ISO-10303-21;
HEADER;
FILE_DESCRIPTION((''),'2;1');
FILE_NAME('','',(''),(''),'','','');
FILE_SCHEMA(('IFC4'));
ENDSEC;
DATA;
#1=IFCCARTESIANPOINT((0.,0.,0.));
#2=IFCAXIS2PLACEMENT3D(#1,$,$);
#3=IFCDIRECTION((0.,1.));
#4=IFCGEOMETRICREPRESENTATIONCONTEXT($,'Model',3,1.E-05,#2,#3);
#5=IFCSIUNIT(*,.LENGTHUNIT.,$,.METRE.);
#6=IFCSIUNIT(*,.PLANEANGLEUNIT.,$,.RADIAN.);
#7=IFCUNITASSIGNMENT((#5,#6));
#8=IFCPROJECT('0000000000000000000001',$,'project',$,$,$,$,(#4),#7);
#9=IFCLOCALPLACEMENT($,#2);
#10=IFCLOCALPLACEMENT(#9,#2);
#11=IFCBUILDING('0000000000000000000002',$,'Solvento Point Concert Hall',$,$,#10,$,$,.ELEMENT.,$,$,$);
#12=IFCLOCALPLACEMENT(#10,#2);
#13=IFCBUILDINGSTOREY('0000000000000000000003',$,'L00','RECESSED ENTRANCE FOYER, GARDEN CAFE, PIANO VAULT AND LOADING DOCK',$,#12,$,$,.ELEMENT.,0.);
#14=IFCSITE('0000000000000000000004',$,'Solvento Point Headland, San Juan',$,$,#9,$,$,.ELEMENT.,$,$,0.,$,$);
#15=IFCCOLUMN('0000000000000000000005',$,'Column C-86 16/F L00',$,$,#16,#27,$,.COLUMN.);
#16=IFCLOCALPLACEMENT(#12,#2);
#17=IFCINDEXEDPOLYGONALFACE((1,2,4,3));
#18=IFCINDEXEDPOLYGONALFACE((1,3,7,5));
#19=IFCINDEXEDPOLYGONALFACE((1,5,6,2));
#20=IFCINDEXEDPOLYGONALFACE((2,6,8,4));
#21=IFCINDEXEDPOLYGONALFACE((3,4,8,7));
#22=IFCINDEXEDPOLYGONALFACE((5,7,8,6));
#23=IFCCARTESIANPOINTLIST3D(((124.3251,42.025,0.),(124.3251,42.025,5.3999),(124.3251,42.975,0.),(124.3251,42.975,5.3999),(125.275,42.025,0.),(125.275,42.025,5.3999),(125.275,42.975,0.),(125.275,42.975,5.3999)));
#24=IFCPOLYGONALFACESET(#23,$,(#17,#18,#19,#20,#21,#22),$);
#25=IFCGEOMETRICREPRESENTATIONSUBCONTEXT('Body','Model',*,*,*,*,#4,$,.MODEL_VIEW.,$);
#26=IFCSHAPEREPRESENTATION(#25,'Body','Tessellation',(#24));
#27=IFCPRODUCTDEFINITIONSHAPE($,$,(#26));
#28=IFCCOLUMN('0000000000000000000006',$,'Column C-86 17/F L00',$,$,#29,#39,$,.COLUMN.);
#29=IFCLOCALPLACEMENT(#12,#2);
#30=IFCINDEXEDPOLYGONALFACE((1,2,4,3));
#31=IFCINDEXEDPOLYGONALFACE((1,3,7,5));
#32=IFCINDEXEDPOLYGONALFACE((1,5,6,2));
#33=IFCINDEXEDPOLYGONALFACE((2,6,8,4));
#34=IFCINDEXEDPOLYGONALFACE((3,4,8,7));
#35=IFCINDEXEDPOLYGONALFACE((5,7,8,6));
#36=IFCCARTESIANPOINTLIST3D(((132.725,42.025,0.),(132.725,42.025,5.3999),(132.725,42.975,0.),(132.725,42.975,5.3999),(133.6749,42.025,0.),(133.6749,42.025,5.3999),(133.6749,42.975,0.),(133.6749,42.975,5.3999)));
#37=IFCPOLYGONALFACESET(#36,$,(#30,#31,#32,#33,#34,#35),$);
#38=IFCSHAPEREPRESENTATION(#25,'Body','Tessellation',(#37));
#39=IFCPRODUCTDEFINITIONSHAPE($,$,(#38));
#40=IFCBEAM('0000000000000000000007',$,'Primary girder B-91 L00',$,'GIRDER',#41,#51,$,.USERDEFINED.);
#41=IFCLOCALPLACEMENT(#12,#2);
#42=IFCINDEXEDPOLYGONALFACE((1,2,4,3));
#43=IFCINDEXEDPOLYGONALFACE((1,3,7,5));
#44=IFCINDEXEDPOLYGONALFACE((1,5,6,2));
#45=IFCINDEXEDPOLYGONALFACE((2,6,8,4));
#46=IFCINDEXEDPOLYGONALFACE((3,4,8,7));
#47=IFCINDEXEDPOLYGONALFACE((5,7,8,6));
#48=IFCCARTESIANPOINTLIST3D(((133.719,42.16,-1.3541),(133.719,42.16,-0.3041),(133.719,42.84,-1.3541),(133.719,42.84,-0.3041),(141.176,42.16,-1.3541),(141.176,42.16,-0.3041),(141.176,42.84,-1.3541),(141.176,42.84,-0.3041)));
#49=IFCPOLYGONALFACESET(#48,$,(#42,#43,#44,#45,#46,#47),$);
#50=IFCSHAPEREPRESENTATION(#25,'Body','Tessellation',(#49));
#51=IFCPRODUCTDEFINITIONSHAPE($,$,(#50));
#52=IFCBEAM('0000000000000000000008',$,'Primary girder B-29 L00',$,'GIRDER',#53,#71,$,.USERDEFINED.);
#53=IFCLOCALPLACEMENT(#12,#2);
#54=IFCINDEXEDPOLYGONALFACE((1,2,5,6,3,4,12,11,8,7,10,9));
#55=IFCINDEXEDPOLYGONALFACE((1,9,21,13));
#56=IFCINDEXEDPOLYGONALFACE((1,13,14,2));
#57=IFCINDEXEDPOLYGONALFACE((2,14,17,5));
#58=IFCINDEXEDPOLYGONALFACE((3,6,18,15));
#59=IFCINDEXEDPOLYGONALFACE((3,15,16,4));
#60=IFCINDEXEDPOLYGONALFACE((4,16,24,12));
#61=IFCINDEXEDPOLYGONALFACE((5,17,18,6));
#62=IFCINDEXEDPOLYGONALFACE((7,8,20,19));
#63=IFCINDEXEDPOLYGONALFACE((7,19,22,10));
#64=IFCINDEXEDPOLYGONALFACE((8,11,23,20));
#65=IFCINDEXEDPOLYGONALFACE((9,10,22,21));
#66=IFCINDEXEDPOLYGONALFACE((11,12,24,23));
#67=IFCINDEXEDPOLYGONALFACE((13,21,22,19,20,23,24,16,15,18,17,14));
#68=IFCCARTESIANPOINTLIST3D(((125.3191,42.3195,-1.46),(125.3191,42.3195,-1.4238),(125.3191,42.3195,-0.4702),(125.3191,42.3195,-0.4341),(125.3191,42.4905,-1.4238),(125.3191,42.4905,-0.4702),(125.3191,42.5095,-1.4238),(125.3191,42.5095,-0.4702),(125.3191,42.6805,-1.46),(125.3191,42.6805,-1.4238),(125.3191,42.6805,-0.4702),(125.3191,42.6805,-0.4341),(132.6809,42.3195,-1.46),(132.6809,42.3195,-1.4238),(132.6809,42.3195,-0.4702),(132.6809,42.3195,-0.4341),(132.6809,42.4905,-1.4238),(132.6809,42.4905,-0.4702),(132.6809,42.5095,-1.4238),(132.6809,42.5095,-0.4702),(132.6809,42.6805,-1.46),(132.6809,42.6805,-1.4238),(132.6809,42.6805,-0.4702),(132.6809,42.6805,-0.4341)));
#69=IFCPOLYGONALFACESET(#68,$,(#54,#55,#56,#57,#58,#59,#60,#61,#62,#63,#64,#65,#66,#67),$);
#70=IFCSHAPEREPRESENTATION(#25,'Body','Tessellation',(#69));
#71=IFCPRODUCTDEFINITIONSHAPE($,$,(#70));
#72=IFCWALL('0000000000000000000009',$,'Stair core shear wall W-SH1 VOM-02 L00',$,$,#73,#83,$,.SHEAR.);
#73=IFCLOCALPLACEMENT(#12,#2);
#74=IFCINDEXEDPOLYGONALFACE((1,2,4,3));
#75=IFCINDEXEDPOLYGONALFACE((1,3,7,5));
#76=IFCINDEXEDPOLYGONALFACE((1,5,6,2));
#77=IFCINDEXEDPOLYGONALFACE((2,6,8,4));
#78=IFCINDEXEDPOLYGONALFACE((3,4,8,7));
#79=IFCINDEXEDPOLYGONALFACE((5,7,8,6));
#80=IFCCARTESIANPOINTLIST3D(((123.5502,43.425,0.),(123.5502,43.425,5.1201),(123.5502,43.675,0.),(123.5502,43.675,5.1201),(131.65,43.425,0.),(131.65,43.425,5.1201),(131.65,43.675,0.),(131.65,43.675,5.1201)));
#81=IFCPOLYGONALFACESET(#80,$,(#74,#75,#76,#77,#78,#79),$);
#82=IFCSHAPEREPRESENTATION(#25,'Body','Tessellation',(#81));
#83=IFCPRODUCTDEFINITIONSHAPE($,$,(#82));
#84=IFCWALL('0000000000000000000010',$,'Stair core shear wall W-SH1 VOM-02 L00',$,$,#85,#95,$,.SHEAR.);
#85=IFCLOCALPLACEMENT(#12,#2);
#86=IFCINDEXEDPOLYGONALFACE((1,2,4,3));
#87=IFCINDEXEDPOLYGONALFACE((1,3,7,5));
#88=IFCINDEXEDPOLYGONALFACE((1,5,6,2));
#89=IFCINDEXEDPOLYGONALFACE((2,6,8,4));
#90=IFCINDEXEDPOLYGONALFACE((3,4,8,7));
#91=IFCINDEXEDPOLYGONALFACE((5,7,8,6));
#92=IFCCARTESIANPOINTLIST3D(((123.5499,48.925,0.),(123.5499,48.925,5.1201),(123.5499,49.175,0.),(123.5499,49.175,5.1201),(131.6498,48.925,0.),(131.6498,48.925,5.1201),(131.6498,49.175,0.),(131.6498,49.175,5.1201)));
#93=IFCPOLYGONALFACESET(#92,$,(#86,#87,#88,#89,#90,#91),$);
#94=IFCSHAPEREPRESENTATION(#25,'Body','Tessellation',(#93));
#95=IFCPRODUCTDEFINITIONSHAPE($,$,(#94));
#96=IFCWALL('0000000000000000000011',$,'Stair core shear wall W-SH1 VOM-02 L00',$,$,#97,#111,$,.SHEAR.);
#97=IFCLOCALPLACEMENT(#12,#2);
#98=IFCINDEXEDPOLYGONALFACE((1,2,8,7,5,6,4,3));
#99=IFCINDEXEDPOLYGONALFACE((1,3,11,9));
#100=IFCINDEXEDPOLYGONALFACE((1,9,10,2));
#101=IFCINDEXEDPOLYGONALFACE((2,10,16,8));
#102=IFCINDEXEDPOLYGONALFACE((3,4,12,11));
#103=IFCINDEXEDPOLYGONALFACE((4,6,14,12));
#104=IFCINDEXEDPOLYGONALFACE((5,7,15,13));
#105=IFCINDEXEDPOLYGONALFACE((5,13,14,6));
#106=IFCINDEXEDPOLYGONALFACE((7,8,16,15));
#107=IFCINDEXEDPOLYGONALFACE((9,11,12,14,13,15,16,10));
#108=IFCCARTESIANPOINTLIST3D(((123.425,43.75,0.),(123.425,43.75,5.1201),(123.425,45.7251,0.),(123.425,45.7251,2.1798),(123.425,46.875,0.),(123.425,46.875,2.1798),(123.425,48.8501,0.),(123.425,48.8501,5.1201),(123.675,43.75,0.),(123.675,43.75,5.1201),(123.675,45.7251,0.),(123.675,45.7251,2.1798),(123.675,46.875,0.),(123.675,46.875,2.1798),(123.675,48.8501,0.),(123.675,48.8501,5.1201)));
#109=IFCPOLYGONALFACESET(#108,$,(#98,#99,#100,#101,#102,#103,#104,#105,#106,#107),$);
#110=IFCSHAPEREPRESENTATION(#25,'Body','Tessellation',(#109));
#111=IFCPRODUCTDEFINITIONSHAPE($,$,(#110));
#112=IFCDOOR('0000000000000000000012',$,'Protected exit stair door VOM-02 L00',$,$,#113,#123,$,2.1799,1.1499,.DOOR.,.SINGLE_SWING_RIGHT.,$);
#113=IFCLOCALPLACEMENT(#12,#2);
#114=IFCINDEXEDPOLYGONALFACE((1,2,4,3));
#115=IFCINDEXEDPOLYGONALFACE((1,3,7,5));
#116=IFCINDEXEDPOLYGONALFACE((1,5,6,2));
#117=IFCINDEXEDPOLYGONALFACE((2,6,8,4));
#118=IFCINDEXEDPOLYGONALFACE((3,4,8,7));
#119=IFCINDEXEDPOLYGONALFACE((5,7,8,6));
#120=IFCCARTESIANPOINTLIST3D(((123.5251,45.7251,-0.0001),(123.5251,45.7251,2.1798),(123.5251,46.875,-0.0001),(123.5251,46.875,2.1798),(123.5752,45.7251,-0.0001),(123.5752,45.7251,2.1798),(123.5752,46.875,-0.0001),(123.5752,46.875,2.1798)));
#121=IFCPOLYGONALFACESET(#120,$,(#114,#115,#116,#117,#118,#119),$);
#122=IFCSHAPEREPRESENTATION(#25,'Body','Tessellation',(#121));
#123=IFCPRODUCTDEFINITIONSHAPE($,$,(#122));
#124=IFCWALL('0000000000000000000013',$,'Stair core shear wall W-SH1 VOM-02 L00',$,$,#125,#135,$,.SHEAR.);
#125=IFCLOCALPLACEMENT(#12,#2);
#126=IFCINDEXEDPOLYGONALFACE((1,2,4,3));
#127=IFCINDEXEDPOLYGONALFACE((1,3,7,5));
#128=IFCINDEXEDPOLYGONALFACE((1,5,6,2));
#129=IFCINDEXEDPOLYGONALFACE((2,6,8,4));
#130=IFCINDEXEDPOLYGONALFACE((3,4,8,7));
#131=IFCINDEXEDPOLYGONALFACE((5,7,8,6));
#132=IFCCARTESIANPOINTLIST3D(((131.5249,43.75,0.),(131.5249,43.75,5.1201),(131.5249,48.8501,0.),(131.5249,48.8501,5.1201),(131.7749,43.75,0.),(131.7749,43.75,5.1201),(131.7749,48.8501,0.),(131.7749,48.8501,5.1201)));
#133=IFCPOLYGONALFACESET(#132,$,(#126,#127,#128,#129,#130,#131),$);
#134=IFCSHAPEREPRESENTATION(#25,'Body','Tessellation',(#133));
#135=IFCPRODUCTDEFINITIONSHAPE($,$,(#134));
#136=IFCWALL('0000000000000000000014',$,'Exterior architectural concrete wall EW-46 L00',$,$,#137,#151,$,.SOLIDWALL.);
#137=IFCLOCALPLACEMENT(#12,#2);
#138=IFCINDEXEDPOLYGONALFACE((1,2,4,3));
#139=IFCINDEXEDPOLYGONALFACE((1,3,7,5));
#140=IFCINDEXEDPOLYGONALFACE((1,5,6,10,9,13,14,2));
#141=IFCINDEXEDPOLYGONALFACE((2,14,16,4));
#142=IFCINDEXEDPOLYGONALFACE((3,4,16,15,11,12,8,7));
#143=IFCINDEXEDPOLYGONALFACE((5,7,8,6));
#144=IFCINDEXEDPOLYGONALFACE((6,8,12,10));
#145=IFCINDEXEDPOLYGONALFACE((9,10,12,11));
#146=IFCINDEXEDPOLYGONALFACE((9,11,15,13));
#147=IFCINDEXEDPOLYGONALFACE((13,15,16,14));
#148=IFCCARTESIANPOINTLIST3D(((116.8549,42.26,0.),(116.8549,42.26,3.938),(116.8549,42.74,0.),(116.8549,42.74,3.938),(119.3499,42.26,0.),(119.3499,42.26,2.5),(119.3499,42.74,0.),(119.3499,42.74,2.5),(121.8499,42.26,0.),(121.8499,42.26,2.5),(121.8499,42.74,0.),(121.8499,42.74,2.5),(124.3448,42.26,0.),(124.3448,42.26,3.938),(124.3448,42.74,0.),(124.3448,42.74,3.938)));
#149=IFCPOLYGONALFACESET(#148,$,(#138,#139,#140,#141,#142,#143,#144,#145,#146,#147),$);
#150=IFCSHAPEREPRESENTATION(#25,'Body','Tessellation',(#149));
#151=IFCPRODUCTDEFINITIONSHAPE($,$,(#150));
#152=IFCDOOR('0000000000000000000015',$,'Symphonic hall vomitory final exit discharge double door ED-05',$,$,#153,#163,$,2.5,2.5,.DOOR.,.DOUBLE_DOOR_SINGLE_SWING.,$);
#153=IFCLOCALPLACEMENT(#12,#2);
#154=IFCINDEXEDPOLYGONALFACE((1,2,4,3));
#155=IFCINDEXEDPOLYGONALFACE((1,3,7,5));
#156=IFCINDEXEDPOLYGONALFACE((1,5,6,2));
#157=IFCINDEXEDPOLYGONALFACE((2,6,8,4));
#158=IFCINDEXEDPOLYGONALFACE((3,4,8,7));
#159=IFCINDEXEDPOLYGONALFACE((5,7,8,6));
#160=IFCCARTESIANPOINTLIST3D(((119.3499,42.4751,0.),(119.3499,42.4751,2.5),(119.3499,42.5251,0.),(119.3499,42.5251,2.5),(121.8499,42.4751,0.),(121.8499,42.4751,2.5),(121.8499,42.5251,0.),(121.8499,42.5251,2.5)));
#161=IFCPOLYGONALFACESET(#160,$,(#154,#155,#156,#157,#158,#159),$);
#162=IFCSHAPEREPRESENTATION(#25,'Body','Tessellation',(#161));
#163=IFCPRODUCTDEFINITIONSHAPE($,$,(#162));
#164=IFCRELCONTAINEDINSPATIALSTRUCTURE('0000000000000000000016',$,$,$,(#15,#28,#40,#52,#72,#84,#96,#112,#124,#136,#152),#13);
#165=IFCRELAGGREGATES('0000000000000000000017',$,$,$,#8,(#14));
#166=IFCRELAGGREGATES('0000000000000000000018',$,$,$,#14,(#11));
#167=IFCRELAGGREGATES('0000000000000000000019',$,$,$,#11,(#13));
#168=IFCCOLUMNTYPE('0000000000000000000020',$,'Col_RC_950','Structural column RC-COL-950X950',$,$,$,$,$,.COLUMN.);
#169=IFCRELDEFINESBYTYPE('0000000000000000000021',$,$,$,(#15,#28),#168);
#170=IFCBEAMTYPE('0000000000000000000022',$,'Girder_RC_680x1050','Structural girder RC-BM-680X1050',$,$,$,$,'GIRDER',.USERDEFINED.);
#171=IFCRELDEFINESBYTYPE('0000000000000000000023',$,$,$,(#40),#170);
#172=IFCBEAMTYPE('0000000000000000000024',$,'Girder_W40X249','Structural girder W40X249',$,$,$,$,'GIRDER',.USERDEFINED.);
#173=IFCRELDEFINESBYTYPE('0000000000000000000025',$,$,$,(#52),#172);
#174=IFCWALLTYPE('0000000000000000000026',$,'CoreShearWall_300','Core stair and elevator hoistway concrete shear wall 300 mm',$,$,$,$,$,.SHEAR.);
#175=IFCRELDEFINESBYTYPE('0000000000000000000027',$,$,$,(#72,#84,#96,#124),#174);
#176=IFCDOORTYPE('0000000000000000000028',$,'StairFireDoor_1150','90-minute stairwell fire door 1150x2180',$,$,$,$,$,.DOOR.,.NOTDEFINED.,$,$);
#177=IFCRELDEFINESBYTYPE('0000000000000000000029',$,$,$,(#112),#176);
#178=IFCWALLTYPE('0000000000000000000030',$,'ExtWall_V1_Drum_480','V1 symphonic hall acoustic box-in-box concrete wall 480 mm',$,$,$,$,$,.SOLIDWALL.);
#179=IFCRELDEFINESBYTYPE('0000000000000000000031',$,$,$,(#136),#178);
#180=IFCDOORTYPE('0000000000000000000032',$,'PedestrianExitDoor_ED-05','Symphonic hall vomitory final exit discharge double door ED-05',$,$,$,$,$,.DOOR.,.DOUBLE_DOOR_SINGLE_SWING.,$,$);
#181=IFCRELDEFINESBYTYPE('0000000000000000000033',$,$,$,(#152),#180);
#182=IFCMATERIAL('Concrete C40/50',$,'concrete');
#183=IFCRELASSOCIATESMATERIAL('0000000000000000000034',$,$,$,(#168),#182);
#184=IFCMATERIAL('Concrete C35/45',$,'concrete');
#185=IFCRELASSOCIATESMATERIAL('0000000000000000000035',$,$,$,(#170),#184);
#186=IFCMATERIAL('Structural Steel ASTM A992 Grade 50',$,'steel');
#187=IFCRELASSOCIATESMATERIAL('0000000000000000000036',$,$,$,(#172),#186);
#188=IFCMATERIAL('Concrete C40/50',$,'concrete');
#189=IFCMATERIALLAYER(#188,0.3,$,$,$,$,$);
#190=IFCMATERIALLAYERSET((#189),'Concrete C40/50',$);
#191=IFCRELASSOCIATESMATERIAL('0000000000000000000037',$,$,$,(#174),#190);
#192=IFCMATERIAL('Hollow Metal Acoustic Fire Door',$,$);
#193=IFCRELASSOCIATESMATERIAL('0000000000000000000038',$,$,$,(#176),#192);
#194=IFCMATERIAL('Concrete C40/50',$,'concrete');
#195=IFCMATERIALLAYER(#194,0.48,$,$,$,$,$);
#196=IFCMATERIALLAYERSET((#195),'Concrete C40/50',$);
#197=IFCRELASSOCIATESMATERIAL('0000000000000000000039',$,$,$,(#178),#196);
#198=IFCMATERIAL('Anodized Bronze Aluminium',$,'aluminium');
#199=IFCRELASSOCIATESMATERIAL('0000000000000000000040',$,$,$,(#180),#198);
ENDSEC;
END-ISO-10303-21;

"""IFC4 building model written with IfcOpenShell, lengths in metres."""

from ifc_helpers import new_model, si_unit, direction, frame, frame_2d, origin, origin_2d, place, context, subcontext, project, spatial, rectangle, i_section, extrude, material, layer, layer_set, material_profile, profile_set, type_object, element, fill, save


model = new_model("IFC4")

# Units and contexts
model_context = context("Model", 3, precision=1e-05, world=origin(), true_north=direction((0.0, 1.0)))
body_context = subcontext(model_context, "Body", "Model", "MODEL_VIEW")
ifc_project = project(units=[si_unit("LENGTHUNIT", "METRE"), si_unit("PLANEANGLEUNIT", "RADIAN")], contexts=[model_context])

# Site, building, storey
site_placement = place(None, origin())
site = spatial("IfcSite", under=ifc_project, at=site_placement, Name="Solvento Point Headland, San Juan", CompositionType="ELEMENT", RefElevation=0.0)
building_placement = place(site_placement, origin())
building = spatial("IfcBuilding", under=site, at=building_placement, Name="Solvento Point Concert Hall", CompositionType="ELEMENT")
storey_placement = place(building_placement, origin())
storey = spatial("IfcBuildingStorey", under=building, at=storey_placement, Name="L00", Description="RECESSED ENTRANCE FOYER, GARDEN CAFE, PIANO VAULT AND LOADING DOCK", CompositionType="ELEMENT", Elevation=0.0)

# Columns
ifc_material_1 = material(Name="Concrete C40/50", Category="concrete")
ifc_material_profile_1 = material_profile(ifc_material_1, rectangle(XDim=0.95, YDim=0.95, at=origin_2d()), Name="RC-COL-950X950")
ifc_profile_set_1 = profile_set([ifc_material_profile_1], Name="Concrete C40/50")
column_type = type_object("IfcColumnType", Name="Col_RC_950", Description="Structural column RC-COL-950X950", PredefinedType="COLUMN", material=ifc_profile_set_1)
for number, where, z_axis, x_axis, name in (
    (1, (124.8, 42.5, 0.0), (0.0, 0.0, 1.0), (1.0, 0.0, 0.0), "Column C-86 16/F L00"),
    (2, (133.2, 42.5, 0.0), (0.0, 0.0, 1.0), (1.0, 0.0, 0.0), "Column C-86 17/F L00"),
):
    element("IfcColumn", number, at=place(storey_placement, frame(where, z_axis=z_axis, x_axis=x_axis)), inside=storey, type_object=column_type, Name=name, PredefinedType="COLUMN", context=body_context, shape_type="SweptSolid", body=[
        extrude(rectangle(XDim=0.95, YDim=0.95, at=origin_2d()), origin(), (0.0, 0.0, 1.0), 5.3999),
    ])

# Beams
ifc_material_2 = material(Name="Concrete C35/45", Category="concrete")
ifc_material_profile_2 = material_profile(ifc_material_2, rectangle(XDim=0.6799, YDim=1.05, at=origin_2d()), Name="RC-BM-680X1050")
ifc_profile_set_2 = profile_set([ifc_material_profile_2], Name="Concrete C35/45")
beam_type_1 = type_object("IfcBeamType", Name="Girder_RC_680x1050", Description="Structural girder RC-BM-680X1050", ElementType="GIRDER", PredefinedType="USERDEFINED", material=ifc_profile_set_2)
beam_1_placement = place(storey_placement, frame((133.719, 42.5, -0.8291), z_axis=(1.0, 0.0, 0.0), x_axis=(0.0, 1.0, 0.0)))
element("IfcBeam", 3, at=beam_1_placement, inside=storey, type_object=beam_type_1, Name="Primary girder B-91 L00", ObjectType="GIRDER", PredefinedType="USERDEFINED", context=body_context, shape_type="SweptSolid", body=[
    extrude(rectangle(XDim=0.6799, YDim=1.05, at=origin_2d()), origin(), (0.0, 0.0, 1.0), 7.457),
])
ifc_material_3 = material(Name="Structural Steel ASTM A992 Grade 50", Category="steel")
ifc_material_profile_3 = material_profile(ifc_material_3, i_section(OverallWidth=0.3611, OverallDepth=1.0259, WebThickness=0.019, FlangeThickness=0.0361, at=origin_2d()), Name="W40X249")
ifc_profile_set_3 = profile_set([ifc_material_profile_3], Name="Structural Steel ASTM A992 Grade 50")
beam_type_2 = type_object("IfcBeamType", Name="Girder_W40X249", Description="Structural girder W40X249", ElementType="GIRDER", PredefinedType="USERDEFINED", material=ifc_profile_set_3)
beam_2_placement = place(storey_placement, frame((125.3191, 42.5, -0.947), z_axis=(1.0, 0.0, 0.0), x_axis=(0.0, 1.0, 0.0)))
element("IfcBeam", 4, at=beam_2_placement, inside=storey, type_object=beam_type_2, Name="Primary girder B-29 L00", ObjectType="GIRDER", PredefinedType="USERDEFINED", context=body_context, shape_type="SweptSolid", body=[
    extrude(i_section(OverallWidth=0.3611, OverallDepth=1.0259, WebThickness=0.019, FlangeThickness=0.0361, at=origin_2d()), origin(), (0.0, 0.0, 1.0), 7.3618),
])

# Walls
ifc_material_4 = material(Name="Concrete C40/50", Category="concrete")
ifc_layer_1 = layer(ifc_material_4, 0.3)
ifc_layer_set_1 = layer_set([ifc_layer_1], Name="Concrete C40/50")
wall_type_1 = type_object("IfcWallType", Name="CoreShearWall_300", Description="Core stair and elevator hoistway concrete shear wall 300 mm", PredefinedType="SHEAR", material=ifc_layer_set_1)
for number, where, z_axis, x_axis, name in (
    (5, (131.6499, 43.55, 0.0), (0.0, 0.0, 1.0), (-1.0, 0.0, 0.0), "Stair core shear wall W-SH1 VOM-02 L00"),
    (6, (123.55, 49.05, 0.0), (0.0, 0.0, 1.0), (1.0, 0.0, 0.0), "Stair core shear wall W-SH1 VOM-02 L00"),
):
    element("IfcWall", number, at=place(storey_placement, frame(where, z_axis=z_axis, x_axis=x_axis)), inside=storey, type_object=wall_type_1, Name=name, PredefinedType="SHEAR", context=body_context, shape_type="SweptSolid", body=[
        extrude(rectangle(XDim=8.0999, YDim=0.25, at=frame_2d((4.0498, 0.0))), origin(), (0.0, 0.0, 1.0), 5.1201),
    ])

# Wall, opening, door
wall_1_placement = place(storey_placement, frame((123.55, 43.75, 0.0), z_axis=(0.0, 0.0, 1.0), x_axis=(0.0, 1.0, 0.0)))
wall_1 = element("IfcWall", 7, at=wall_1_placement, inside=storey, type_object=wall_type_1, Name="Stair core shear wall W-SH1 VOM-02 L00", PredefinedType="SHEAR", context=body_context, shape_type="SweptSolid", body=[
    extrude(rectangle(XDim=5.1001, YDim=0.25, at=frame_2d((2.55, 0.0))), origin(), (0.0, 0.0, 1.0), 5.1201),
])
opening_1_placement = place(wall_1_placement, frame((1.9751, 0.0, 0.0)))
opening_1 = element("IfcOpeningElement", 8, at=opening_1_placement, cuts=wall_1, PredefinedType="OPENING", context=body_context, shape_type="SweptSolid", body=[
    extrude(rectangle(XDim=1.1499, YDim=2.1799, at=frame_2d((0.575, 1.0898))), frame((0.0, 0.135, 0.0), z_axis=(0.0, -1.0, 0.0), x_axis=(1.0, 0.0, 0.0)), (0.0, 0.0, 1.0), 0.27),
])
ifc_material_5 = material(Name="Hollow Metal Acoustic Fire Door")
door_type_1 = type_object("IfcDoorType", Name="StairFireDoor_1150", Description="90-minute stairwell fire door 1150x2180", OperationType="NOTDEFINED", PredefinedType="DOOR", material=ifc_material_5)
door_1_placement = place(opening_1_placement, origin())
door_1 = element("IfcDoor", 9, at=door_1_placement, inside=storey, type_object=door_type_1, Name="Protected exit stair door VOM-02 L00", OperationType="SINGLE_SWING_RIGHT", OverallHeight=2.1799, OverallWidth=1.1499, PredefinedType="DOOR", context=body_context, shape_type="SweptSolid", body=[
    extrude(rectangle(XDim=1.1499, YDim=2.1799, at=frame_2d((0.575, 1.0898))), frame((0.0, 0.0249, 0.0), z_axis=(0.0, -1.0, 0.0), x_axis=(1.0, 0.0, 0.0)), (0.0, 0.0, 1.0), 0.05),
])
fill(opening_1, door_1)

# Wall
wall_2_placement = place(storey_placement, frame((131.6499, 48.8501, 0.0), z_axis=(0.0, 0.0, 1.0), x_axis=(0.0, -1.0, 0.0)))
element("IfcWall", 10, at=wall_2_placement, inside=storey, type_object=wall_type_1, Name="Stair core shear wall W-SH1 VOM-02 L00", PredefinedType="SHEAR", context=body_context, shape_type="SweptSolid", body=[
    extrude(rectangle(XDim=5.1001, YDim=0.25, at=frame_2d((2.55, 0.0))), origin(), (0.0, 0.0, 1.0), 5.1201),
])

# Wall, opening, door
ifc_material_6 = material(Name="Concrete C40/50", Category="concrete")
ifc_layer_2 = layer(ifc_material_6, 0.48)
ifc_layer_set_2 = layer_set([ifc_layer_2], Name="Concrete C40/50")
wall_type_2 = type_object("IfcWallType", Name="ExtWall_V1_Drum_480", Description="V1 symphonic hall acoustic box-in-box concrete wall 480 mm", PredefinedType="SOLIDWALL", material=ifc_layer_set_2)
wall_3_placement = place(storey_placement, frame((124.345, 42.5, 0.0), z_axis=(0.0, 0.0, 1.0), x_axis=(-1.0, 0.0, 0.0)))
wall_3 = element("IfcWall", 11, at=wall_3_placement, inside=storey, type_object=wall_type_2, Name="Exterior architectural concrete wall EW-46 L00", PredefinedType="SOLIDWALL", context=body_context, shape_type="SweptSolid", body=[
    extrude(rectangle(XDim=7.49, YDim=0.48, at=frame_2d((3.7451, 0.0))), origin(), (0.0, 0.0, 1.0), 3.938),
])
opening_2_placement = place(wall_3_placement, frame((2.4951, 0.0, 0.0)))
opening_2 = element("IfcOpeningElement", 12, at=opening_2_placement, cuts=wall_3, PredefinedType="OPENING", context=body_context, shape_type="SweptSolid", body=[
    extrude(rectangle(XDim=2.5, YDim=2.5, at=frame_2d((1.25, 1.25))), frame((0.0, 0.25, 0.0), z_axis=(0.0, -1.0, 0.0), x_axis=(1.0, 0.0, 0.0)), (0.0, 0.0, 1.0), 0.5),
])
ifc_material_7 = material(Name="Anodized Bronze Aluminium", Category="aluminium")
door_type_2 = type_object("IfcDoorType", Name="PedestrianExitDoor_ED-05", Description="Symphonic hall vomitory final exit discharge double door ED-05", OperationType="DOUBLE_DOOR_SINGLE_SWING", PredefinedType="DOOR", material=ifc_material_7)
door_2_placement = place(opening_2_placement, origin())
door_2 = element("IfcDoor", 13, at=door_2_placement, inside=storey, type_object=door_type_2, Name="Symphonic hall vomitory final exit discharge double door ED-05", OperationType="DOUBLE_DOOR_SINGLE_SWING", OverallHeight=2.5, OverallWidth=2.5, PredefinedType="DOOR", context=body_context, shape_type="SweptSolid", body=[
    extrude(rectangle(XDim=2.5, YDim=2.5, at=frame_2d((1.25, 1.25))), frame((0.0, 0.0249, 0.0), z_axis=(0.0, -1.0, 0.0), x_axis=(1.0, 0.0, 0.0)), (0.0, 0.0, 1.0), 0.05),
])
fill(opening_2, door_2)

save(model, "model.ifc")
